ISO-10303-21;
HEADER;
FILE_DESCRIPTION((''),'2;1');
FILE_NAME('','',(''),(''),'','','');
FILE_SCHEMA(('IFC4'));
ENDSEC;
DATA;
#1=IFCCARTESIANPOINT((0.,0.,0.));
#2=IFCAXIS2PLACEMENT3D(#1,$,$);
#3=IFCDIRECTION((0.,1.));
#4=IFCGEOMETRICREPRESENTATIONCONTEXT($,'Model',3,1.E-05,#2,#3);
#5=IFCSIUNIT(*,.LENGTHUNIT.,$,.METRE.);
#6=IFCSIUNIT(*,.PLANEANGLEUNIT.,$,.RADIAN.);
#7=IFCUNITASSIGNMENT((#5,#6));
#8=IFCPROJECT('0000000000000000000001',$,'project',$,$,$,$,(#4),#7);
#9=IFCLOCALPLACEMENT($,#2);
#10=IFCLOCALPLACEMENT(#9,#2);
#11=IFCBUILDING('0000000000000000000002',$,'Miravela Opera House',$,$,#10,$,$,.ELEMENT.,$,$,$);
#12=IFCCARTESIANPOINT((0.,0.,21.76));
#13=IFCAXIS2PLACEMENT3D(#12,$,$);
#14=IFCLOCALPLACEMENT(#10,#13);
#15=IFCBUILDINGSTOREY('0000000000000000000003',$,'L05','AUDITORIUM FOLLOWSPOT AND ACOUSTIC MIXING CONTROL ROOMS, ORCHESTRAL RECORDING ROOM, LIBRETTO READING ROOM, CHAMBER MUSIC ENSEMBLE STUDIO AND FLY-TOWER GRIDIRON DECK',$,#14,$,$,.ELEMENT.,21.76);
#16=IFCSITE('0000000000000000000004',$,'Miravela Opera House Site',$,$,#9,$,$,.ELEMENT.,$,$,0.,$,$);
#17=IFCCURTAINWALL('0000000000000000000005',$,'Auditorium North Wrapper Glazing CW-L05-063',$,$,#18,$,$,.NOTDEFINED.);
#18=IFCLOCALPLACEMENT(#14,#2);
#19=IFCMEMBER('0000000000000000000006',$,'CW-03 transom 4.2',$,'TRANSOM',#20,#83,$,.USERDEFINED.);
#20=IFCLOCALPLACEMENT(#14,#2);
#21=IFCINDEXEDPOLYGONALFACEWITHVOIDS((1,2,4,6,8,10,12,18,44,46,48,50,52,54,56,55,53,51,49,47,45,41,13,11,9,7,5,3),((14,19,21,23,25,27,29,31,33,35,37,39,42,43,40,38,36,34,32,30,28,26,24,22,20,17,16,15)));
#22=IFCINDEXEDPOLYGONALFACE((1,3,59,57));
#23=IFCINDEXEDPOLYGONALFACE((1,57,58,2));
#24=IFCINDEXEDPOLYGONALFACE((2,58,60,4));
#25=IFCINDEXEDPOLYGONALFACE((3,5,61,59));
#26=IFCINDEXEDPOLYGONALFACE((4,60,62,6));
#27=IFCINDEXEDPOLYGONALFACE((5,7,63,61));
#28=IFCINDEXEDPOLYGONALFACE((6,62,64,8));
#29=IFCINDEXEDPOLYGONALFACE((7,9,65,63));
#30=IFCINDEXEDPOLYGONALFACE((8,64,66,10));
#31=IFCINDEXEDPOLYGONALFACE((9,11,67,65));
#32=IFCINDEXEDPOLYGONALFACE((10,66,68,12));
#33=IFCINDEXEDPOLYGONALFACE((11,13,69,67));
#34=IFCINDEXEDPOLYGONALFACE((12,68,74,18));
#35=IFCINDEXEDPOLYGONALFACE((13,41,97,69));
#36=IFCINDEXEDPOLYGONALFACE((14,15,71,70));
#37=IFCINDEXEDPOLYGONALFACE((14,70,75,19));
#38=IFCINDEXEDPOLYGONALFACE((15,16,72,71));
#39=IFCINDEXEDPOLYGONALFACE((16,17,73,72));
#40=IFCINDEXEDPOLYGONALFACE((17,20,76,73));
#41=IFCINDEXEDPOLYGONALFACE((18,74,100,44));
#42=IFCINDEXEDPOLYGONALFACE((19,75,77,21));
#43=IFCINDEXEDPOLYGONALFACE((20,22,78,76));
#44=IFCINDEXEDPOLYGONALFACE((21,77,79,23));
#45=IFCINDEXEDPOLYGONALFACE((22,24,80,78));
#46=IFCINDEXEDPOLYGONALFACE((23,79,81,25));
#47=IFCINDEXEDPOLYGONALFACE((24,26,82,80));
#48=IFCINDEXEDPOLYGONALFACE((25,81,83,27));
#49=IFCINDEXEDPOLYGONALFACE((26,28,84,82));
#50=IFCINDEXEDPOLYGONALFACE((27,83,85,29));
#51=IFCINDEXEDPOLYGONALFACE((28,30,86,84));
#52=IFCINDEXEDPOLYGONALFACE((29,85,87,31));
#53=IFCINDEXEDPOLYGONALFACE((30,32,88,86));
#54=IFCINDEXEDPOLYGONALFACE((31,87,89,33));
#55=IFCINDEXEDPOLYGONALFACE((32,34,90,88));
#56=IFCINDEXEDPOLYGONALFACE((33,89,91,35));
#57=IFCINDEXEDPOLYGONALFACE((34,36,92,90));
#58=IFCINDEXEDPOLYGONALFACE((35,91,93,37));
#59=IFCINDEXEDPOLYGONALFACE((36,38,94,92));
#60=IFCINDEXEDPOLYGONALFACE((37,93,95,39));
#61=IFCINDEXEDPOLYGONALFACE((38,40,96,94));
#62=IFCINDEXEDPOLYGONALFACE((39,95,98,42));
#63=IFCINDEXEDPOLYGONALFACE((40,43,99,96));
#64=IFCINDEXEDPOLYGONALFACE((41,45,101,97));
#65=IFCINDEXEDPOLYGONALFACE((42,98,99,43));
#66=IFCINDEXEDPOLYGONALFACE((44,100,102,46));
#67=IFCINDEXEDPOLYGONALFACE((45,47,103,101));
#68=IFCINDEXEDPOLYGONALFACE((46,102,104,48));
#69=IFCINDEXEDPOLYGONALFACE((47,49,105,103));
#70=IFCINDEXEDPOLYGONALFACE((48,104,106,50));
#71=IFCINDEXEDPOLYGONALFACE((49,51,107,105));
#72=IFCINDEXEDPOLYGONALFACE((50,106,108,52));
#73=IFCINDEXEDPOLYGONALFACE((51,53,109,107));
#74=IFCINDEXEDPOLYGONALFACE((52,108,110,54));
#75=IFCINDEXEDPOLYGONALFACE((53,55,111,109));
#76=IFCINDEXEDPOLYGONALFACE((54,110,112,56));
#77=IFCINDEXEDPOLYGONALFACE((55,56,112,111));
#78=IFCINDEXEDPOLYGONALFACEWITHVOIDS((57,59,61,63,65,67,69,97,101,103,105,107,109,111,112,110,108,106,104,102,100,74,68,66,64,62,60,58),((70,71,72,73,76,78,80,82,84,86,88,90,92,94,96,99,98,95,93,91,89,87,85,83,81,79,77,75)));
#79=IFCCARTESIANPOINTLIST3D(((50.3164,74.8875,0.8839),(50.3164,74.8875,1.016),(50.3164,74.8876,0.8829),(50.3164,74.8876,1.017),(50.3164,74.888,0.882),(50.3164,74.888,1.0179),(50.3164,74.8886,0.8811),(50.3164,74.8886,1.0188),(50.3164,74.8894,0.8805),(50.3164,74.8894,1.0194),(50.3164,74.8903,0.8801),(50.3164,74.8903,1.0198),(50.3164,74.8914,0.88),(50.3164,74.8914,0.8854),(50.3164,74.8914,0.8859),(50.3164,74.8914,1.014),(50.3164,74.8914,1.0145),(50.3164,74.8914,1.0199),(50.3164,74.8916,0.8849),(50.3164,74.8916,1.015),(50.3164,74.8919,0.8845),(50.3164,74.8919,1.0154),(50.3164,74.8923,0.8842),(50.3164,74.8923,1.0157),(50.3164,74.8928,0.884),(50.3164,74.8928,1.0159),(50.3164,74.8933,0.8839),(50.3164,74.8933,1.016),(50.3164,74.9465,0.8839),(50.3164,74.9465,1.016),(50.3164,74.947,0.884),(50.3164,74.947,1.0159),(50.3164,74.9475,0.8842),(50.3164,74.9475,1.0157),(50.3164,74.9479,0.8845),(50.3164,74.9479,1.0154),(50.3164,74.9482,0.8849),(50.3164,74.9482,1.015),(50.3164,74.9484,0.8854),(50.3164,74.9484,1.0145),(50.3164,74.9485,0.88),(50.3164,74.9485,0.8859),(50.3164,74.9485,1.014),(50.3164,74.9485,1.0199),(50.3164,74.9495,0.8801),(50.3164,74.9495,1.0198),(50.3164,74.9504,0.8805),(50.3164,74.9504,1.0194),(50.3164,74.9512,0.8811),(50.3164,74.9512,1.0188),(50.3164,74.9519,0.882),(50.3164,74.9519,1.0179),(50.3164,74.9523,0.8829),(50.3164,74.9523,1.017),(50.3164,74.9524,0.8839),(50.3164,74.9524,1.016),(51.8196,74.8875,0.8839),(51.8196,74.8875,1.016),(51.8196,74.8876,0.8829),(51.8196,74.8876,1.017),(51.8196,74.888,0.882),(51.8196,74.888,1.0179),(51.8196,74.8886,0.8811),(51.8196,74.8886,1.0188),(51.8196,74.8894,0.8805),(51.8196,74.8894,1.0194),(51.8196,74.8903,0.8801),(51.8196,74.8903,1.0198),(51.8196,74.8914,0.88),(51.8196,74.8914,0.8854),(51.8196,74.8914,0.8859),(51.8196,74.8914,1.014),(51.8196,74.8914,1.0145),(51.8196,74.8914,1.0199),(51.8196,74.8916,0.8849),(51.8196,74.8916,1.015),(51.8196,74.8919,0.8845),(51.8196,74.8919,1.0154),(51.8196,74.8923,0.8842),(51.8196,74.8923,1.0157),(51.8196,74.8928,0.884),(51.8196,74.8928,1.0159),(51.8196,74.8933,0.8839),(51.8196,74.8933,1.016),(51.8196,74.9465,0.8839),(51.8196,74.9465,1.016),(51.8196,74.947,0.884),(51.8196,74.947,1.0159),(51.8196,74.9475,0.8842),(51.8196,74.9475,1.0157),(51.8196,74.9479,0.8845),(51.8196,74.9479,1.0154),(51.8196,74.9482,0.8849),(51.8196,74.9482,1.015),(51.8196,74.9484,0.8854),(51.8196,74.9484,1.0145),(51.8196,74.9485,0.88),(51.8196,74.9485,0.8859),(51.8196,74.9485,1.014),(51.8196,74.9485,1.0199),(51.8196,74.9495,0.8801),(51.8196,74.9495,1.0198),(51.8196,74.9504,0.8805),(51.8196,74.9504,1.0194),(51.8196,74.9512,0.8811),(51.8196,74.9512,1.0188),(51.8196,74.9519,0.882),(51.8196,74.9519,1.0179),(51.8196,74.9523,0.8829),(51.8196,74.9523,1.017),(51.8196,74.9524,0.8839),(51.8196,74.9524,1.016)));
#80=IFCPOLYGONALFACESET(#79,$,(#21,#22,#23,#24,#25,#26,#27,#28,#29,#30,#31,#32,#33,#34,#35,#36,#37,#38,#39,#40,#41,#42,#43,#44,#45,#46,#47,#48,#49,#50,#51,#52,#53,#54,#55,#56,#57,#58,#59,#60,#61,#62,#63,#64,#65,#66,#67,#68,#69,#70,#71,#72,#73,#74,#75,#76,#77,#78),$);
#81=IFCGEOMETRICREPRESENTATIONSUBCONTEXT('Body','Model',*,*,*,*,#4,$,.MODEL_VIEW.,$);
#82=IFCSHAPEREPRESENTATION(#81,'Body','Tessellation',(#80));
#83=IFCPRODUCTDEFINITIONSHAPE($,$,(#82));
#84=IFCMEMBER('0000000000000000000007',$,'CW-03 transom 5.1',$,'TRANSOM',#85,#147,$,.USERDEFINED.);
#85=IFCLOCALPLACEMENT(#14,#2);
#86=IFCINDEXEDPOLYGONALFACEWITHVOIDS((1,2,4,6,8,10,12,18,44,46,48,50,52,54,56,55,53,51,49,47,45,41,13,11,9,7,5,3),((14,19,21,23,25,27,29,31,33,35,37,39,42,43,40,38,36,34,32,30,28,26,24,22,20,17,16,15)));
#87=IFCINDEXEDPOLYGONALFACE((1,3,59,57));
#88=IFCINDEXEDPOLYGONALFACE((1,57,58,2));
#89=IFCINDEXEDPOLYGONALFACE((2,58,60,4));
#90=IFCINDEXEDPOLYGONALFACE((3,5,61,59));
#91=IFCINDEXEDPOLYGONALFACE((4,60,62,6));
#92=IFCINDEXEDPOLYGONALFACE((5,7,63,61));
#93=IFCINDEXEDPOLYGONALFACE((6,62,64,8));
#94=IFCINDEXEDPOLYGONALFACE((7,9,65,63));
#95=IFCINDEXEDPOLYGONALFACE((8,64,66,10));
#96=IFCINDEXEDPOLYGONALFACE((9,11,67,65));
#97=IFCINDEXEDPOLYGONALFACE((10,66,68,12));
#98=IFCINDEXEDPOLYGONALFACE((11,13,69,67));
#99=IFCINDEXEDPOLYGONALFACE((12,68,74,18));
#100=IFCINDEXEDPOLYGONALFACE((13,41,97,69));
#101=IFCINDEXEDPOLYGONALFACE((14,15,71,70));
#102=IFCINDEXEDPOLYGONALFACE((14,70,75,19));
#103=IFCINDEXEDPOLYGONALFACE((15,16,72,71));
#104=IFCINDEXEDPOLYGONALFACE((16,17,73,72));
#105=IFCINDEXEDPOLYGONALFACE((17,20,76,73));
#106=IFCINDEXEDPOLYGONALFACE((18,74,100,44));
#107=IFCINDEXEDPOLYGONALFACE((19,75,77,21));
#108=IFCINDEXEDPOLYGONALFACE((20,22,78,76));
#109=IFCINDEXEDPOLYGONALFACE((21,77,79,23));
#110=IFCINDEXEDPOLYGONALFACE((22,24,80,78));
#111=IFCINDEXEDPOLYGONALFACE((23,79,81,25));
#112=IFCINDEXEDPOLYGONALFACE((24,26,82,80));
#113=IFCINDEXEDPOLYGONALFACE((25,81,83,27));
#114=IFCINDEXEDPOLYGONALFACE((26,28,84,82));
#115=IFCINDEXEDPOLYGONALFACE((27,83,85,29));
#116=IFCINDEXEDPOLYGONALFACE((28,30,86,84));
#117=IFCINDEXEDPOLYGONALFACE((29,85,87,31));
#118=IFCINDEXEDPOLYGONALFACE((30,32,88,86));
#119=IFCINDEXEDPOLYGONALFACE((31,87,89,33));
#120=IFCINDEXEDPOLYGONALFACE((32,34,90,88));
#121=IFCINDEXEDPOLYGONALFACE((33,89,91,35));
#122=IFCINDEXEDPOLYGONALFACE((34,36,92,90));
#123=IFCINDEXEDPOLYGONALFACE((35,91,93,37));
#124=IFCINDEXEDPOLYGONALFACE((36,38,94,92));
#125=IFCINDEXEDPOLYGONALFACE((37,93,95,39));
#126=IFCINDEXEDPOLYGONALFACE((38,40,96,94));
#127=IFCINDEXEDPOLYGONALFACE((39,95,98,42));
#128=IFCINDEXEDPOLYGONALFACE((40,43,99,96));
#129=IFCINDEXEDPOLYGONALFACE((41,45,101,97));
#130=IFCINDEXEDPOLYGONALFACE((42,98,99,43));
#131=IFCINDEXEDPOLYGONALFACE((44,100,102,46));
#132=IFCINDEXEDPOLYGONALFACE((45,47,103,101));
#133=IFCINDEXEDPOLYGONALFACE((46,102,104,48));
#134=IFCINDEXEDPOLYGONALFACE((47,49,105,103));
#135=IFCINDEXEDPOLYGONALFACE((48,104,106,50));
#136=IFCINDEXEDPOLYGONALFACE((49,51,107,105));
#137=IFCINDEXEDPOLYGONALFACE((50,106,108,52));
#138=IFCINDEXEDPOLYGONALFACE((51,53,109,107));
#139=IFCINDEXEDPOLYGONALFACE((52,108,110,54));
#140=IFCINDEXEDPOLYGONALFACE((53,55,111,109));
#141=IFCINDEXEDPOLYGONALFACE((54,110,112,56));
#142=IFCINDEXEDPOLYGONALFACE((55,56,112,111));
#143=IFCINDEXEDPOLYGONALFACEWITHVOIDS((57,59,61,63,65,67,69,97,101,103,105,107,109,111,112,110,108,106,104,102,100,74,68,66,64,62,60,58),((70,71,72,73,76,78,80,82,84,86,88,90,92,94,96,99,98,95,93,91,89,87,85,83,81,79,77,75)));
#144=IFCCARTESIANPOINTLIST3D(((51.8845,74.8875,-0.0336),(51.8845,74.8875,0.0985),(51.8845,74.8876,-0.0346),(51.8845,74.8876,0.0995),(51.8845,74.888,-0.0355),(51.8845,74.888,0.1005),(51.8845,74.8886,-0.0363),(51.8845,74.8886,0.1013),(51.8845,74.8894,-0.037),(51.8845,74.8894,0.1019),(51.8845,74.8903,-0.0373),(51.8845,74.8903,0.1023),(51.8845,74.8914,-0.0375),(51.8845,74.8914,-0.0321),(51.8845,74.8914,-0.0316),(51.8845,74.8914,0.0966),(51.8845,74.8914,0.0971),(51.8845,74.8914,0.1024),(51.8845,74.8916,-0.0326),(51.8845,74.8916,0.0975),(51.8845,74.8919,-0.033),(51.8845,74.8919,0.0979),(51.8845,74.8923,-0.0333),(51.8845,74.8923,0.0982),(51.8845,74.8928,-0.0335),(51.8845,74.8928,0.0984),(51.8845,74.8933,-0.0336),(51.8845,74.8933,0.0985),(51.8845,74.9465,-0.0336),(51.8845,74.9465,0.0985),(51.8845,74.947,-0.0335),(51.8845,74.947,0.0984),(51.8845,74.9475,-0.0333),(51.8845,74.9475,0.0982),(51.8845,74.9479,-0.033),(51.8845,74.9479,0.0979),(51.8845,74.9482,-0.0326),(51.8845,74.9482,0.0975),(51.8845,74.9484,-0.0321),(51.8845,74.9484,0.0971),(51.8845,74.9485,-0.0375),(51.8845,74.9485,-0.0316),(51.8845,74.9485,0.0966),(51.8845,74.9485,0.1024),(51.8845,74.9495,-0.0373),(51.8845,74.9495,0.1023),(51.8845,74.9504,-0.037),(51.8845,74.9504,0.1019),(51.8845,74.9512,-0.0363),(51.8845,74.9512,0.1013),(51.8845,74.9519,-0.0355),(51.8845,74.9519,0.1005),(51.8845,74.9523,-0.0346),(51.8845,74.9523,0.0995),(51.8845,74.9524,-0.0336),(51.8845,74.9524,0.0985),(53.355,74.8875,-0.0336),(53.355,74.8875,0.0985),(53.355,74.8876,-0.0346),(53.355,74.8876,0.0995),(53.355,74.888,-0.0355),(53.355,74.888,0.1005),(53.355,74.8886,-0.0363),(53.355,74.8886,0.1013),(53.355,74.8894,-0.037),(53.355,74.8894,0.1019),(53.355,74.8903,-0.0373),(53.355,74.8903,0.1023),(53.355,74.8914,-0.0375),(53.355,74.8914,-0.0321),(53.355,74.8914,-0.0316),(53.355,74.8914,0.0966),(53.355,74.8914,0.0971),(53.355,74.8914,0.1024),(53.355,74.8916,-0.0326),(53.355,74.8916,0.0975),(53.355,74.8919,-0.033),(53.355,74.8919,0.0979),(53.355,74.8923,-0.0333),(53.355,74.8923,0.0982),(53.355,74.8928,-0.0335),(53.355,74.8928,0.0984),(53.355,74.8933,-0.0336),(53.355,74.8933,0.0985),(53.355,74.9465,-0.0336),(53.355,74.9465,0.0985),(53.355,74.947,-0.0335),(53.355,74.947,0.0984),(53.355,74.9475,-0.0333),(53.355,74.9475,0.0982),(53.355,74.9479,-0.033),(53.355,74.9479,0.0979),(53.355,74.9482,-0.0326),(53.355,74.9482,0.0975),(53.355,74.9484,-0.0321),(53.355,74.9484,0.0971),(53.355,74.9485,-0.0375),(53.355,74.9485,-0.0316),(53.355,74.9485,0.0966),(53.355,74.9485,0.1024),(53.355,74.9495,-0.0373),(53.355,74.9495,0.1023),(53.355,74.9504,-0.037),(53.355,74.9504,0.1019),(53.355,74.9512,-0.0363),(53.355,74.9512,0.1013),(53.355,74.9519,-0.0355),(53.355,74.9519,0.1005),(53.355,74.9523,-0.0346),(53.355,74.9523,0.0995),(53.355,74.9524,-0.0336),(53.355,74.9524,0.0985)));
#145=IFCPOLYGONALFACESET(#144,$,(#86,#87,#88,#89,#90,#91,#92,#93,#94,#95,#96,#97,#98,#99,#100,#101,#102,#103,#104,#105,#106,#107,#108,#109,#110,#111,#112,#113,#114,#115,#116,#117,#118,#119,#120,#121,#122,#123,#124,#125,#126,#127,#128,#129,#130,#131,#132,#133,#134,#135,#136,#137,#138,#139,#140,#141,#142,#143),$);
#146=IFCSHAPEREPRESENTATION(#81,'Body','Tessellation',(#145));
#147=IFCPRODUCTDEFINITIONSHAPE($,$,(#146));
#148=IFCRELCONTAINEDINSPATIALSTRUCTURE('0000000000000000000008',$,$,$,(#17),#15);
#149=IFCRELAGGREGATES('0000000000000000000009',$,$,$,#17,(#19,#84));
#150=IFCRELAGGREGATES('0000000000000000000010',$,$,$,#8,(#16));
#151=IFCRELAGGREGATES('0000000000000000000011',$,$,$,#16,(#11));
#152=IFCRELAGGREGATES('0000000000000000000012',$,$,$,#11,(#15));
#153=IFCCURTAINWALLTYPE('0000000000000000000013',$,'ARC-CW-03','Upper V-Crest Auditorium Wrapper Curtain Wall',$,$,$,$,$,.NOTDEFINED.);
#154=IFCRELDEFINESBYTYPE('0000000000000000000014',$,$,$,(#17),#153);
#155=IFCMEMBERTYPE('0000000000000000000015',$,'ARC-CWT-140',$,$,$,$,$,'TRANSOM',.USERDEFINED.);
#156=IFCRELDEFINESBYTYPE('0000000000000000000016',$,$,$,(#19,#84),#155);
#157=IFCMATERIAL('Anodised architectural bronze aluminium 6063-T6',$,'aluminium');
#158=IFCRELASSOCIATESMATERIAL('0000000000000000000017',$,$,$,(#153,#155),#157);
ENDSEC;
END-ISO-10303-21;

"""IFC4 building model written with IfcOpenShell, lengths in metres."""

from ifc_helpers import new_model, si_unit, direction, frame, origin, origin_2d, place, context, subcontext, project, spatial, hollow_rectangle, extrude, material, material_profile, profile_set, type_object, element, aggregate, save


model = new_model("IFC4")

# Units and contexts
model_context = context("Model", 3, precision=1e-05, world=origin(), true_north=direction((0.0, 1.0)))
body_context = subcontext(model_context, "Body", "Model", "MODEL_VIEW")
ifc_project = project(units=[si_unit("LENGTHUNIT", "METRE"), si_unit("PLANEANGLEUNIT", "RADIAN")], contexts=[model_context])

# Site, building, storey
site_placement = place(None, origin())
site = spatial("IfcSite", under=ifc_project, at=site_placement, Name="Miravela Opera House Site", CompositionType="ELEMENT", RefElevation=0.0)
building_placement = place(site_placement, origin())
building = spatial("IfcBuilding", under=site, at=building_placement, Name="Miravela Opera House", CompositionType="ELEMENT")
storey_placement = place(building_placement, frame((0.0, 0.0, 21.76)))
storey = spatial("IfcBuildingStorey", under=building, at=storey_placement, Name="L05", Description="AUDITORIUM FOLLOWSPOT AND ACOUSTIC MIXING CONTROL ROOMS, ORCHESTRAL RECORDING ROOM, LIBRETTO READING ROOM, CHAMBER MUSIC ENSEMBLE STUDIO AND FLY-TOWER GRIDIRON DECK", CompositionType="ELEMENT", Elevation=21.76)

# Curtain wall
ifc_material_1 = material(Name="Anodised architectural bronze aluminium 6063-T6", Category="aluminium")
curtain_wall_type = type_object("IfcCurtainWallType", Name="ARC-CW-03", Description="Upper V-Crest Auditorium Wrapper Curtain Wall", PredefinedType="NOTDEFINED", material=ifc_material_1)
curtain_wall_1_placement = place(storey_placement, origin())
curtain_wall_1 = element("IfcCurtainWall", 1, at=curtain_wall_1_placement, inside=storey, type_object=curtain_wall_type, Name="Auditorium North Wrapper Glazing CW-L05-063", PredefinedType="NOTDEFINED")

# Members
ifc_material_profile_1 = material_profile(ifc_material_1, hollow_rectangle(XDim=0.0649, YDim=0.1399, WallThickness=0.0039, InnerFilletRadius=0.002, OuterFilletRadius=0.0039, at=origin_2d()), Name="CWT-65X140")
ifc_profile_set_1 = profile_set([ifc_material_profile_1])
member_type_1 = type_object("IfcMemberType", Name="ARC-CWT-140", ElementType="TRANSOM", PredefinedType="USERDEFINED", material=ifc_profile_set_1)
member_1_placement = place(storey_placement, frame((50.3164, 74.9199, 0.95), z_axis=(1.0, 0.0, 0.0), x_axis=(0.0, 1.0, 0.0)))
member_1 = element("IfcMember", 2, at=member_1_placement, type_object=member_type_1, Name="CW-03 transom 4.2", ObjectType="TRANSOM", PredefinedType="USERDEFINED", context=body_context, shape_type="SweptSolid", body=[
    extrude(hollow_rectangle(XDim=0.0649, YDim=0.1399, WallThickness=0.0039, InnerFilletRadius=0.002, OuterFilletRadius=0.0039, at=origin_2d()), origin(), (0.0, 0.0, 1.0), 1.5032),
])
member_2_placement = place(storey_placement, frame((51.8845, 74.9199, 0.0325), z_axis=(1.0, 0.0, 0.0), x_axis=(0.0, 1.0, 0.0)))
member_2 = element("IfcMember", 3, at=member_2_placement, type_object=member_type_1, Name="CW-03 transom 5.1", ObjectType="TRANSOM", PredefinedType="USERDEFINED", context=body_context, shape_type="SweptSolid", body=[
    extrude(hollow_rectangle(XDim=0.0649, YDim=0.1399, WallThickness=0.0039, InnerFilletRadius=0.002, OuterFilletRadius=0.0039, at=origin_2d()), origin(), (0.0, 0.0, 1.0), 1.4705),
])

aggregate(curtain_wall_1, [member_1, member_2])

save(model, "model.ifc")
